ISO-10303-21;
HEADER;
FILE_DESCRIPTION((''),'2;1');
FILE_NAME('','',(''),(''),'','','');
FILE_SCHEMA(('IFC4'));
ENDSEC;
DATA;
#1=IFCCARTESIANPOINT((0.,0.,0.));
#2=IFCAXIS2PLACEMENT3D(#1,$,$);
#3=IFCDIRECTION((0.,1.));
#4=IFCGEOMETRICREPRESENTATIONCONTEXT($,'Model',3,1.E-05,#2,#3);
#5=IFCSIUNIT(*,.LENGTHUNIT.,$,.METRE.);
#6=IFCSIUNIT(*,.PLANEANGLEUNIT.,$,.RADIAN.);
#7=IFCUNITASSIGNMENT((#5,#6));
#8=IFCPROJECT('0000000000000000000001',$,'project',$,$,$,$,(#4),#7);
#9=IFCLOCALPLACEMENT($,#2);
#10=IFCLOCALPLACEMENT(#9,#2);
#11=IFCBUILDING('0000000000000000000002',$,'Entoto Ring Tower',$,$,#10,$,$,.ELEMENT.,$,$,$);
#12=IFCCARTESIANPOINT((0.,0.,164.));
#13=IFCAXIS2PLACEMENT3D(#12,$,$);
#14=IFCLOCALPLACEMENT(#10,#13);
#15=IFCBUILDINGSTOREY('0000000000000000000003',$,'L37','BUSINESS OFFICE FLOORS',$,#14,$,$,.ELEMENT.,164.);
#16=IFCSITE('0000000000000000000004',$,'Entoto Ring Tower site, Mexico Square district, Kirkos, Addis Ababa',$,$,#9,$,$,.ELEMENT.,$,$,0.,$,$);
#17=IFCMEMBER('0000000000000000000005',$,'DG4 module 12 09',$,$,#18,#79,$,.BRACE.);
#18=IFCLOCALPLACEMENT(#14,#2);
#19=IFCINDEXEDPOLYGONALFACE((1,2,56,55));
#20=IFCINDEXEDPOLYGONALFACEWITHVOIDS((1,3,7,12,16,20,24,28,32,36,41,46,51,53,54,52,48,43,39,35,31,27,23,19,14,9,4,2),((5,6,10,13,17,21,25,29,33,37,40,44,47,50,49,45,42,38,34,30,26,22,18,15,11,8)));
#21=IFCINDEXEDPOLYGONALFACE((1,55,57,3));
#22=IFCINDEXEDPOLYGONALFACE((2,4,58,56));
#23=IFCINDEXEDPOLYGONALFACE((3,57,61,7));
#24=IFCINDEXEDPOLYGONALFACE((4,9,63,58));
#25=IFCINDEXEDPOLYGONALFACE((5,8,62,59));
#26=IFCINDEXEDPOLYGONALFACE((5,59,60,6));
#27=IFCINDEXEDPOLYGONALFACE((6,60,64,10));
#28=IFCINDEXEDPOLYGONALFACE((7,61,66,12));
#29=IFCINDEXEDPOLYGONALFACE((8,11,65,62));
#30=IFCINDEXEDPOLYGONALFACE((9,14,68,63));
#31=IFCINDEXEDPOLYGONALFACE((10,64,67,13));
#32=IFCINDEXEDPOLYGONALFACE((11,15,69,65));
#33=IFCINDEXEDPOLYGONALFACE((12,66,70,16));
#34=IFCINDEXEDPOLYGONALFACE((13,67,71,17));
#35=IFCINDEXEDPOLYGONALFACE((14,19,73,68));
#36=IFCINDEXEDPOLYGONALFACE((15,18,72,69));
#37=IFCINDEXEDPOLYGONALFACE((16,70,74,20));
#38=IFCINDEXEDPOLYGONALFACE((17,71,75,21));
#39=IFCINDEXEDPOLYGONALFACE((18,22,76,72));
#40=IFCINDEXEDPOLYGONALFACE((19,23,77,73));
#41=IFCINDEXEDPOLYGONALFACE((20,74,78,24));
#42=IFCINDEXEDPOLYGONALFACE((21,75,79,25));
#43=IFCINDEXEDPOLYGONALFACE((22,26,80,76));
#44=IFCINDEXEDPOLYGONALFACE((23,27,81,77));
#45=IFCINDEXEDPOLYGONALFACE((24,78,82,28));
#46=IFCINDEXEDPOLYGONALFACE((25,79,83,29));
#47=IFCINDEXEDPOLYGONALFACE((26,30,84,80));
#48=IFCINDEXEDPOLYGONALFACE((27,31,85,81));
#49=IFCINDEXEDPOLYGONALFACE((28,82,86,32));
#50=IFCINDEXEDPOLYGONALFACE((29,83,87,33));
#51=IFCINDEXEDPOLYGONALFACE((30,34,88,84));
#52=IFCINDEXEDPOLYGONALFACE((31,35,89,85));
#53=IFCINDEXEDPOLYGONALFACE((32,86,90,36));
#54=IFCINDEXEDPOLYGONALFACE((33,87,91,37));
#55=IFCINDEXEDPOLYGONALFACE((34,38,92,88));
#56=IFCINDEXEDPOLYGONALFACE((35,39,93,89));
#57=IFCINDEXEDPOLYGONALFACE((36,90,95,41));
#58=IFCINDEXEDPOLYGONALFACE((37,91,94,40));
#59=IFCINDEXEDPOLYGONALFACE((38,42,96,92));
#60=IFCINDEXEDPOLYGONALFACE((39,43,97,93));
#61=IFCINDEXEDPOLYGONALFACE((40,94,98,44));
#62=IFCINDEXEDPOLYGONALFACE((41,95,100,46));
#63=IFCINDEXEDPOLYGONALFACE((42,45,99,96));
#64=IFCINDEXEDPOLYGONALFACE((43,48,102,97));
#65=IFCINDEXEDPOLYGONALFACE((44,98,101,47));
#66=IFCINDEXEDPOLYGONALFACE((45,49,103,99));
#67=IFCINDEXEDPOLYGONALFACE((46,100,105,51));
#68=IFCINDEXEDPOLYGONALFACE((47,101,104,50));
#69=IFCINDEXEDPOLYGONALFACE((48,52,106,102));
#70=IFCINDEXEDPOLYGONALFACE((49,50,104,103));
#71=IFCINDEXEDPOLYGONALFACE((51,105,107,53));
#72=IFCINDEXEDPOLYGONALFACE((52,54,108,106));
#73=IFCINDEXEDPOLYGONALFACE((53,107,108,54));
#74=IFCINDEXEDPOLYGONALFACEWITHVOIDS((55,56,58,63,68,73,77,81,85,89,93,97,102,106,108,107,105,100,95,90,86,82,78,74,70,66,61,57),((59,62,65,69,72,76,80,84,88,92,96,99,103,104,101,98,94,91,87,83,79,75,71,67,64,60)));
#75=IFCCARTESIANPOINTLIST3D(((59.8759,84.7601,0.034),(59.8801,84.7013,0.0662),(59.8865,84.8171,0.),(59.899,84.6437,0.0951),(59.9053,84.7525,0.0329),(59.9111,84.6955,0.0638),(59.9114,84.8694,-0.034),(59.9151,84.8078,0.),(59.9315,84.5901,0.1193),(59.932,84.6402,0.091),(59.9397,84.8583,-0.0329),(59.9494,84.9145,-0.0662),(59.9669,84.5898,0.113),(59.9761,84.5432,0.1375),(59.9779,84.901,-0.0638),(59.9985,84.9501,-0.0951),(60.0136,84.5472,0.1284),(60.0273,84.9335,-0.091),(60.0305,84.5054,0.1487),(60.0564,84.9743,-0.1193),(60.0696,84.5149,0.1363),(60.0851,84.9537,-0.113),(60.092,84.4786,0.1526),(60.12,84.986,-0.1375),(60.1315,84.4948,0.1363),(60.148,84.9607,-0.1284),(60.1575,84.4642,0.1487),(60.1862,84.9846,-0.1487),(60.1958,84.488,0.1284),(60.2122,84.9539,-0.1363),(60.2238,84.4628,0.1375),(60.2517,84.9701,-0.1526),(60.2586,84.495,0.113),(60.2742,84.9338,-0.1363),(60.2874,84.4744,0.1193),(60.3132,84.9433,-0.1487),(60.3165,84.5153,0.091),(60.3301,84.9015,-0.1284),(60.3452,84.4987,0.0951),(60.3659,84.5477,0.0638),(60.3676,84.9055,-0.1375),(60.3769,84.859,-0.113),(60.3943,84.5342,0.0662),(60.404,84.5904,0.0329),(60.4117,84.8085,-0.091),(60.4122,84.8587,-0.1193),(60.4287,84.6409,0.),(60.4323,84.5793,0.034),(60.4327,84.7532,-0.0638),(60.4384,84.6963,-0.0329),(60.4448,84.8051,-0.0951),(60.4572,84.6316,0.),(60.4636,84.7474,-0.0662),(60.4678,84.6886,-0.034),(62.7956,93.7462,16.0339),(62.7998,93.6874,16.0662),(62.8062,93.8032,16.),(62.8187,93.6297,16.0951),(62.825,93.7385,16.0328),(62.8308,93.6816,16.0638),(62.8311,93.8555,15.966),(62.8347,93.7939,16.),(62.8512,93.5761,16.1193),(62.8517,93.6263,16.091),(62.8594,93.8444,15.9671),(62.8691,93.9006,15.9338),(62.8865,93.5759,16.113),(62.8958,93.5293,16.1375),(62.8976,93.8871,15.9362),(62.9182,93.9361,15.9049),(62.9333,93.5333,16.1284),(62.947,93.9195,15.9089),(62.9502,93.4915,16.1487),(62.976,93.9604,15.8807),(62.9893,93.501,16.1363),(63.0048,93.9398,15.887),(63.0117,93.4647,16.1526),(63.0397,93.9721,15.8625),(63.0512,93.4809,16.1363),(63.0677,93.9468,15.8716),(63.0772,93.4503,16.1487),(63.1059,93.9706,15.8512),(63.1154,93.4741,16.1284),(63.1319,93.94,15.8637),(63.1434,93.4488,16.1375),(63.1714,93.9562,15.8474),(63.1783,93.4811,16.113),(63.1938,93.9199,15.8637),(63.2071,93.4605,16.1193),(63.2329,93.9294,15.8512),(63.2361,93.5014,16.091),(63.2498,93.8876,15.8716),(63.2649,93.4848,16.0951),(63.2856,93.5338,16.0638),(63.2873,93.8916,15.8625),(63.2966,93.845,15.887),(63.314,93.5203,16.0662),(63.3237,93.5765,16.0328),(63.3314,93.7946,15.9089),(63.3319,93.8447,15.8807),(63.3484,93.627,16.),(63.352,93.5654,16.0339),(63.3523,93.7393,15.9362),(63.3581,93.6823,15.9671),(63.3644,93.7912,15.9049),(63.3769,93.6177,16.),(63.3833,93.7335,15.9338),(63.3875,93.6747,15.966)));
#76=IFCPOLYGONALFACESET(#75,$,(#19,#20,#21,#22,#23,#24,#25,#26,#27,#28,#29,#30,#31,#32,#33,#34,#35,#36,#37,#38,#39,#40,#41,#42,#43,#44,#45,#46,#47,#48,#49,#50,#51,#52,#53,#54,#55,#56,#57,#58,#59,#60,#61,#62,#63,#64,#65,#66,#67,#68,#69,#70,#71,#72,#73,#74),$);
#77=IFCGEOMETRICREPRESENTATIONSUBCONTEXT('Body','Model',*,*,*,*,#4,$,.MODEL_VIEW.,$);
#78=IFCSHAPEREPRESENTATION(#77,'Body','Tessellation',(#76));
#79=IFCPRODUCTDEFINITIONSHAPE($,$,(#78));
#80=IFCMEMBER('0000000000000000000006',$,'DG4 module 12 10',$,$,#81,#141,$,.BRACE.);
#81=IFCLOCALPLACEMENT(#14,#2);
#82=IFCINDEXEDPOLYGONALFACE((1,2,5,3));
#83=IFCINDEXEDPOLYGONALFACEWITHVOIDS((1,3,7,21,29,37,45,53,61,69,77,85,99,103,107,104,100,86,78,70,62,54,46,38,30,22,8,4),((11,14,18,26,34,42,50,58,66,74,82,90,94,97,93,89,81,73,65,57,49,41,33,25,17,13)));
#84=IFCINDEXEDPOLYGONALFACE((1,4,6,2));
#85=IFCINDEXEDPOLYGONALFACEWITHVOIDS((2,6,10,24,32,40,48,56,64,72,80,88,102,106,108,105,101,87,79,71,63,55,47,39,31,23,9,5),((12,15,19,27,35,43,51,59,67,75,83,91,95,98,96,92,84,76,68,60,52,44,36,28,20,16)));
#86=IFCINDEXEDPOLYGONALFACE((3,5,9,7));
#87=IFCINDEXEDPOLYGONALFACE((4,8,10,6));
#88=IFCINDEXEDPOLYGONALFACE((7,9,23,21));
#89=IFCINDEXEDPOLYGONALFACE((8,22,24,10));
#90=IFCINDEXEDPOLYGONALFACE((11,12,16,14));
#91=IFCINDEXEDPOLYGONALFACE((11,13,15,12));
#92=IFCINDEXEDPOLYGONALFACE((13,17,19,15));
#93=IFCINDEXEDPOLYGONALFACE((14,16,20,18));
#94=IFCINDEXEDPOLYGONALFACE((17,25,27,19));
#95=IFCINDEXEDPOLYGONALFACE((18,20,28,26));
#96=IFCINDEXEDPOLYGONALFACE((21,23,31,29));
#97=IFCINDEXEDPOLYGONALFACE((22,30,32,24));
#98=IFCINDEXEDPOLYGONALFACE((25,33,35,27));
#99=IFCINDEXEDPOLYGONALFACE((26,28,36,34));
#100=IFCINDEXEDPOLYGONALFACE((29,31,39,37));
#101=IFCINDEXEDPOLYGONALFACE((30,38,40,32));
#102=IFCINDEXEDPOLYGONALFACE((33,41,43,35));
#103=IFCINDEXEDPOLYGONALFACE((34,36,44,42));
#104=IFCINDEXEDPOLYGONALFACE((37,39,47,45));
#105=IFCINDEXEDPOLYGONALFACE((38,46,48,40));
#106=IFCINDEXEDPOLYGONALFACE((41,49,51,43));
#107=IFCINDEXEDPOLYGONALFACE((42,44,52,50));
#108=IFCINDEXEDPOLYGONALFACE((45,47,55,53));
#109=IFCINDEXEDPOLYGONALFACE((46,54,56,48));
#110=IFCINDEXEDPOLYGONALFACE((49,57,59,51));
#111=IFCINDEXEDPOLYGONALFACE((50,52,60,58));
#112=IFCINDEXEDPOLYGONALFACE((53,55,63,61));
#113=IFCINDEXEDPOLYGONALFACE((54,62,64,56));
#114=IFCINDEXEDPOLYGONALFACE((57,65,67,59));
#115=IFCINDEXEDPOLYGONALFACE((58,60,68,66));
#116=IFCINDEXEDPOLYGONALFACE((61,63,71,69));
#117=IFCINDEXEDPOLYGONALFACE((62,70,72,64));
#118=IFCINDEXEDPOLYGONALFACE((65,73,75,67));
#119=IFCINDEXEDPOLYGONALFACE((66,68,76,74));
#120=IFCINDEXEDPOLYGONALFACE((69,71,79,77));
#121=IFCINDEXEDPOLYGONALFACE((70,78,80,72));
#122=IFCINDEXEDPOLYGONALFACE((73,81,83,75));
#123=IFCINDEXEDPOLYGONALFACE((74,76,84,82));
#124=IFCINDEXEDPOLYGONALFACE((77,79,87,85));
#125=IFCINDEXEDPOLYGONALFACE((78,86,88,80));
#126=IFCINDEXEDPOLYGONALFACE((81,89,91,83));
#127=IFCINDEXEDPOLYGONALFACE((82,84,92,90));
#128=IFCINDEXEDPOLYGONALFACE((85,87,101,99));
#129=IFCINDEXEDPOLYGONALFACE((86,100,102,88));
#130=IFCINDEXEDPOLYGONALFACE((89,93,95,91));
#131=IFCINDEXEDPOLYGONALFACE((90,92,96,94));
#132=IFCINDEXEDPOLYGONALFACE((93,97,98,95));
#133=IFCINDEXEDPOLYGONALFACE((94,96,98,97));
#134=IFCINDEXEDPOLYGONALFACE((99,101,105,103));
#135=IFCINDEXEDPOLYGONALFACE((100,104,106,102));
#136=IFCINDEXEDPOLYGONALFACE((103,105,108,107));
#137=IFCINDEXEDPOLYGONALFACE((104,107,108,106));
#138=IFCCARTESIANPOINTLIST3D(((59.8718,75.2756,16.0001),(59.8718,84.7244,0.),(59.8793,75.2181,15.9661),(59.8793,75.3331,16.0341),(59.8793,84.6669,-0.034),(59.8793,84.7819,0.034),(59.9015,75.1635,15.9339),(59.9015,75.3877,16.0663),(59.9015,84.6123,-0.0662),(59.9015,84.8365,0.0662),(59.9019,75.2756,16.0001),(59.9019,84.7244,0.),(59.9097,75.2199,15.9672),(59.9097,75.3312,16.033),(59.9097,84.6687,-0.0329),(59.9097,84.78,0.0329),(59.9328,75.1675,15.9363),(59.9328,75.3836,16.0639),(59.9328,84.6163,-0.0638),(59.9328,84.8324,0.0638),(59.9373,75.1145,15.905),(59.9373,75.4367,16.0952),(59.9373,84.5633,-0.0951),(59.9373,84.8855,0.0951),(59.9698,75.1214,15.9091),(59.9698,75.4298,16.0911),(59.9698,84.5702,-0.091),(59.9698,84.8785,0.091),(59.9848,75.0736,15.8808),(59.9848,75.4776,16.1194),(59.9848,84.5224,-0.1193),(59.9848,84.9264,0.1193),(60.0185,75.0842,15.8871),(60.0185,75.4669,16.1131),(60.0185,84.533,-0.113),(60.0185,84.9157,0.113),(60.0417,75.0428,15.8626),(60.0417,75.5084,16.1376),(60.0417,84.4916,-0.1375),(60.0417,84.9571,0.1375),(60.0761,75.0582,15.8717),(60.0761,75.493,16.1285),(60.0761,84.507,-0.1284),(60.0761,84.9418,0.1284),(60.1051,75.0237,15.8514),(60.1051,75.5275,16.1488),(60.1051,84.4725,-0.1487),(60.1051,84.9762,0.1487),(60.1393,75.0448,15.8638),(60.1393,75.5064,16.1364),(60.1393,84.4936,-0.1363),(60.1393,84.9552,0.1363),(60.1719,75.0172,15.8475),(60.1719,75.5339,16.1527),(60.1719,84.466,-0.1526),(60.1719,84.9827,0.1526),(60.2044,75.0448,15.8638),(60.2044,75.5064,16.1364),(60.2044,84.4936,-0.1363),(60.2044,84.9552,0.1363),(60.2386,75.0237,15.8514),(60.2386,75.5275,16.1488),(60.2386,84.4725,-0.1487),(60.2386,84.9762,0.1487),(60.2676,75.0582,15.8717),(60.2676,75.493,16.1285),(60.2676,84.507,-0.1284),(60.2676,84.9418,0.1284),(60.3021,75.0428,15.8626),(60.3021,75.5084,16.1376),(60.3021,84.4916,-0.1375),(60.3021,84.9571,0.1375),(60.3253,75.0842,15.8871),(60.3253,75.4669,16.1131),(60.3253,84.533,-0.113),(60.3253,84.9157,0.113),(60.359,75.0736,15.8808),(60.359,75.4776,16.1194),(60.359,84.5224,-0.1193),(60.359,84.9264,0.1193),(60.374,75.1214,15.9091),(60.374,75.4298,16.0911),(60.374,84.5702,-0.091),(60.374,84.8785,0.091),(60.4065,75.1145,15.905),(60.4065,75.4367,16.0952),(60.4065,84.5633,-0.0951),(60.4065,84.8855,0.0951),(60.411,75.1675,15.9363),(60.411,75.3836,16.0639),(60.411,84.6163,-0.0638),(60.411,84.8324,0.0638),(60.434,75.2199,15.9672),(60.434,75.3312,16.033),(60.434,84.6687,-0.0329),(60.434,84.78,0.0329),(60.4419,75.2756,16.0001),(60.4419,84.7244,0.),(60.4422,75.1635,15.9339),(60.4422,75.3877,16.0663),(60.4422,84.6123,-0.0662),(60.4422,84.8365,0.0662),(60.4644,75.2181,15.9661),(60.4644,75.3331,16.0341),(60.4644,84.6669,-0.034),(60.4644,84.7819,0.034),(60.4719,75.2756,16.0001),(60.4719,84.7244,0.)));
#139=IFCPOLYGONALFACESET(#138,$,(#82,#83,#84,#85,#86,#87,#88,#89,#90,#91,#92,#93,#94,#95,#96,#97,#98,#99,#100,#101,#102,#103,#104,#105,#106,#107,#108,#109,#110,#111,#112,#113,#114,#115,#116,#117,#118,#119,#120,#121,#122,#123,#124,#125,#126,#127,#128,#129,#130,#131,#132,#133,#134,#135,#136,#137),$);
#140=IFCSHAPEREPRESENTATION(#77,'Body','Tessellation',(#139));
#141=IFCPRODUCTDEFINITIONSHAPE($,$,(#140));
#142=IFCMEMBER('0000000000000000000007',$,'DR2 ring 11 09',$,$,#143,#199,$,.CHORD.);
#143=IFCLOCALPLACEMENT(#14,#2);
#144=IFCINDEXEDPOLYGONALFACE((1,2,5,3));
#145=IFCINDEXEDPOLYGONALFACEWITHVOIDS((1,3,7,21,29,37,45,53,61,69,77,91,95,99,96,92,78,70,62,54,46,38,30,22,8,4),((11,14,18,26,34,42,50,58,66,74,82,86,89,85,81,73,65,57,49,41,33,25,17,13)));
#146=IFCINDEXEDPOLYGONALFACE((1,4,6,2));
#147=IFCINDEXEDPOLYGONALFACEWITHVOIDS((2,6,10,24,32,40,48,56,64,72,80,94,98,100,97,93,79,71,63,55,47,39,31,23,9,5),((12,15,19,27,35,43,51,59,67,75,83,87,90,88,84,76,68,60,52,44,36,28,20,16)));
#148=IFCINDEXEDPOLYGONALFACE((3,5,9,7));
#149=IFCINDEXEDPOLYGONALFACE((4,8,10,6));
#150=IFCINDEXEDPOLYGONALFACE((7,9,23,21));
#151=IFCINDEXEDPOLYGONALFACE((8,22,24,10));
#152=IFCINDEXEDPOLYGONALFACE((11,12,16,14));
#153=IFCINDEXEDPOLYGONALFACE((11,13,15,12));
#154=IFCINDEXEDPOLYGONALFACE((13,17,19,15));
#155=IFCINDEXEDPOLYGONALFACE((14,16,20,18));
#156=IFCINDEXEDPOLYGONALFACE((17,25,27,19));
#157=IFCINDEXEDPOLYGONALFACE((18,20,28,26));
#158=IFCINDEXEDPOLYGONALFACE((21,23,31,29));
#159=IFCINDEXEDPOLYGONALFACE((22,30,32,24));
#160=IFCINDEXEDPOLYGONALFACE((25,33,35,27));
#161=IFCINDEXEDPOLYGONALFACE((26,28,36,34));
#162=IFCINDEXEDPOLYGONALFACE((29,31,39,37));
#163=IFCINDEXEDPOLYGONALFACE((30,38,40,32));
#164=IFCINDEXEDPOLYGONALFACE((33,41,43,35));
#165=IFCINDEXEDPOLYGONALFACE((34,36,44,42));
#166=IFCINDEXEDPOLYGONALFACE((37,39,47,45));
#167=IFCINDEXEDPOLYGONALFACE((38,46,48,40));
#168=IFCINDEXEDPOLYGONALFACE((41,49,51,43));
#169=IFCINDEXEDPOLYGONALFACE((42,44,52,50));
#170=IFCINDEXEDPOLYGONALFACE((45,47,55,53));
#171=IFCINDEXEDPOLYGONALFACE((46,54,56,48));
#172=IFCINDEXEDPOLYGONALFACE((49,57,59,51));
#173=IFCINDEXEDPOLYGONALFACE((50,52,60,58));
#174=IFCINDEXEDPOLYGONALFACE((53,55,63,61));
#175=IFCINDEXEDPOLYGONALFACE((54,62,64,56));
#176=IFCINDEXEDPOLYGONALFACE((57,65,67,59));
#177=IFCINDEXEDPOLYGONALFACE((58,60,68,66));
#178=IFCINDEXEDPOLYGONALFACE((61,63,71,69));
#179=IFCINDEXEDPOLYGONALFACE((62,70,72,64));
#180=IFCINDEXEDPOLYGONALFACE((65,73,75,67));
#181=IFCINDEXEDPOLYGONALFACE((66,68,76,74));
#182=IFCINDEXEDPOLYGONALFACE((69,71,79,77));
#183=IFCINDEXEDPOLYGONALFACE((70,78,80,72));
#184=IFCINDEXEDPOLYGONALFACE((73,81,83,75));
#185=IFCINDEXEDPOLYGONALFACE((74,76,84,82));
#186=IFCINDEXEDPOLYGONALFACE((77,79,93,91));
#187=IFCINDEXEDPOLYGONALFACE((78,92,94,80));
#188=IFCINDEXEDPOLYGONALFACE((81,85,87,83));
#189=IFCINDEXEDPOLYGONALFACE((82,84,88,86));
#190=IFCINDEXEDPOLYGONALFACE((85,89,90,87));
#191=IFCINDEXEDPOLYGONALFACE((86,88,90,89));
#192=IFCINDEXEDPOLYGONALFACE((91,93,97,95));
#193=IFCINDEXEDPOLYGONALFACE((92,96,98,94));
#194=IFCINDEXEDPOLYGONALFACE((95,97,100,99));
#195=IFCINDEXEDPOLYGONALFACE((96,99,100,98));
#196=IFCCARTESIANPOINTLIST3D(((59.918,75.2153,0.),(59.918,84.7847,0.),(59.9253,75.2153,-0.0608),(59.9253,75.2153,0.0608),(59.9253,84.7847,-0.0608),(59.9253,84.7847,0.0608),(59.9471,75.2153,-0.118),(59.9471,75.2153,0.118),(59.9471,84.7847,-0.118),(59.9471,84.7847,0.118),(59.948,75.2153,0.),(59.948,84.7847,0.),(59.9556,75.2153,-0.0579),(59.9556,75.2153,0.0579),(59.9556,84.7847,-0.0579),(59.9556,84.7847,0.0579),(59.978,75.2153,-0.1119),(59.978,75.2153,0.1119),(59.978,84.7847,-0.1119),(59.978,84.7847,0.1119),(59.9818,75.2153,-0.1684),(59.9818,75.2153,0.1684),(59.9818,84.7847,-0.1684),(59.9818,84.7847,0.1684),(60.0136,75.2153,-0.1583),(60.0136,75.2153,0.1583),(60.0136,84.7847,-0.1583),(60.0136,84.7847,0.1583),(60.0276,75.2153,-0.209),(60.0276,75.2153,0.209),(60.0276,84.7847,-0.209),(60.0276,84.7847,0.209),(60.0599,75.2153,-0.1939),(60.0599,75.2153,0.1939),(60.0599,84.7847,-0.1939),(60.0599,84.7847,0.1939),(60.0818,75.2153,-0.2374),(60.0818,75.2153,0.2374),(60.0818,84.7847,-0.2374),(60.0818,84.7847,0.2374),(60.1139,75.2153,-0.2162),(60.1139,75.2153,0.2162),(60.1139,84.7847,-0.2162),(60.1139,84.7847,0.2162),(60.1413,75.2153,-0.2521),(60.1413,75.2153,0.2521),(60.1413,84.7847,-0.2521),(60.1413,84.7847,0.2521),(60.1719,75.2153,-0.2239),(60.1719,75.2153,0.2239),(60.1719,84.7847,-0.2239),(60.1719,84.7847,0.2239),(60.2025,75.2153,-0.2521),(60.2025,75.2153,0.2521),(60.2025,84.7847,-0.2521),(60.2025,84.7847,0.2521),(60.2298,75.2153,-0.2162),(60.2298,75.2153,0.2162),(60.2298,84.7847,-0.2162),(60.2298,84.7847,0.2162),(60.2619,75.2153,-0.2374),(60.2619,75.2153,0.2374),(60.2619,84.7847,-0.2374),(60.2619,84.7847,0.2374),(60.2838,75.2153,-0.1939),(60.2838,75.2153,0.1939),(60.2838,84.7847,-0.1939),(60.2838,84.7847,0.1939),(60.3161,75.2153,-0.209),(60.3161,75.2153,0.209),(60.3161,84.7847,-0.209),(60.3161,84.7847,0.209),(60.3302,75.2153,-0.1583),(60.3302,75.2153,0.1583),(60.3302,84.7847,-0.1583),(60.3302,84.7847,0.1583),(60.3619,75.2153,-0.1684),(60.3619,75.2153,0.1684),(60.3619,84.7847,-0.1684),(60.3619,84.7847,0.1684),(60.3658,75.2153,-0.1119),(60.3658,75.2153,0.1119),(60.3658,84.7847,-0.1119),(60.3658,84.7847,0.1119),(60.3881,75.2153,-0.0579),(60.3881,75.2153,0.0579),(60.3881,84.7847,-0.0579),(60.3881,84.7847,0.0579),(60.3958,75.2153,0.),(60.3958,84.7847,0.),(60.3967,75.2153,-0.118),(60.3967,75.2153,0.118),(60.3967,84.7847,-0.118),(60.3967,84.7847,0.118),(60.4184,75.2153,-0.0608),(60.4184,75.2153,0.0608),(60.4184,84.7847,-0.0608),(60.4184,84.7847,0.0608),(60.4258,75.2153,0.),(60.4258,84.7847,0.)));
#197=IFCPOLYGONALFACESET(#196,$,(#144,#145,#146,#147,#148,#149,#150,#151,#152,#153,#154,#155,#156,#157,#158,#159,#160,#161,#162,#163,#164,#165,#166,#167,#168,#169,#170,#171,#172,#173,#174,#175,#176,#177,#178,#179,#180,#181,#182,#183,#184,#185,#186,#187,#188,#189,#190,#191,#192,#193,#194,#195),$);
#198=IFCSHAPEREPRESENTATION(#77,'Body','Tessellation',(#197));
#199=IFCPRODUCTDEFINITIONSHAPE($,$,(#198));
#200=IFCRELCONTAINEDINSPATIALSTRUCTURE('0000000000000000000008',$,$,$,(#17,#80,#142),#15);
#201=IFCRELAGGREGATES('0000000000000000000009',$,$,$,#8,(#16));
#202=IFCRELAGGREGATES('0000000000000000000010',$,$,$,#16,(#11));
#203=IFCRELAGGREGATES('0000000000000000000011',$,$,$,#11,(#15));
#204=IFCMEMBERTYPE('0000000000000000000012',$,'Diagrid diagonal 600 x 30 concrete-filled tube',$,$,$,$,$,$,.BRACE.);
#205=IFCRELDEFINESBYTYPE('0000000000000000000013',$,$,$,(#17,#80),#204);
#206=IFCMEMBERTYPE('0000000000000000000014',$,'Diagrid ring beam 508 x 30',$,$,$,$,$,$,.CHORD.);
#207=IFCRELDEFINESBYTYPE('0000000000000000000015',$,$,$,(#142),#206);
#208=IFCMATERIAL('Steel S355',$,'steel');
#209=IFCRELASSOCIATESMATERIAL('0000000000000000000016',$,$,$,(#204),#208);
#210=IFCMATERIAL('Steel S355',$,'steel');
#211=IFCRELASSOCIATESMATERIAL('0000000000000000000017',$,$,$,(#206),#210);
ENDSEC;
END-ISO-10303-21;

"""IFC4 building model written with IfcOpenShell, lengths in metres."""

from ifc_helpers import new_model, si_unit, direction, frame, origin, origin_2d, place, context, subcontext, project, spatial, circle, hollow_circle, extrude, material, material_profile, profile_set, type_object, element, save


model = new_model("IFC4")

# Units and contexts
model_context = context("Model", 3, precision=1e-05, world=origin(), true_north=direction((0.0, 1.0)))
body_context = subcontext(model_context, "Body", "Model", "MODEL_VIEW")
ifc_project = project(units=[si_unit("LENGTHUNIT", "METRE"), si_unit("PLANEANGLEUNIT", "RADIAN")], contexts=[model_context])

# Site, building, storey
site_placement = place(None, origin())
site = spatial("IfcSite", under=ifc_project, at=site_placement, Name="Entoto Ring Tower site, Mexico Square district, Kirkos, Addis Ababa", CompositionType="ELEMENT", RefElevation=0.0)
building_placement = place(site_placement, origin())
building = spatial("IfcBuilding", under=site, at=building_placement, Name="Entoto Ring Tower", CompositionType="ELEMENT")
storey_placement = place(building_placement, frame((0.0, 0.0, 164.0)))
storey = spatial("IfcBuildingStorey", under=building, at=storey_placement, Name="L37", Description="BUSINESS OFFICE FLOORS", CompositionType="ELEMENT", Elevation=164.0)

# Members
ifc_material_1 = material(Name="Steel S355", Category="steel")
ifc_material_profile_1 = material_profile(ifc_material_1, hollow_circle(Radius=0.3, WallThickness=0.03, at=origin_2d()), Name="CHS 600 x 30")
ifc_material_2 = material(Name="Concrete C60/75", Category="concrete")
ifc_material_profile_2 = material_profile(ifc_material_2, circle(Radius=0.27, at=origin_2d()), Name="Concrete C60/75 infill")
ifc_profile_set_1 = profile_set([ifc_material_profile_1, ifc_material_profile_2], Name="Steel S355")
member_type_1 = type_object("IfcMemberType", Name="Diagrid diagonal 600 x 30 concrete-filled tube", PredefinedType="BRACE", material=ifc_profile_set_1)
member_1_placement = place(storey_placement, frame((60.1719, 84.7244, 0.0), z_axis=(0.157128, 0.483602, 0.861069), x_axis=(-0.951059, 0.30901, 0.0)))
element("IfcMember", 1, at=member_1_placement, inside=storey, type_object=member_type_1, Name="DG4 module 12 09", PredefinedType="BRACE", context=body_context, shape_type="SweptSolid", body=[
    extrude(hollow_circle(Radius=0.3, WallThickness=0.03, at=origin_2d()), origin(), (0.0, 0.0, 1.0), 18.5815),
])
member_2_placement = place(storey_placement, frame((60.1719, 84.7244, 0.0), z_axis=(0.0, -0.508497, 0.861064), x_axis=(1.0, 0.0, 0.0)))
element("IfcMember", 2, at=member_2_placement, inside=storey, type_object=member_type_1, Name="DG4 module 12 10", PredefinedType="BRACE", context=body_context, shape_type="SweptSolid", body=[
    extrude(hollow_circle(Radius=0.3, WallThickness=0.03, at=origin_2d()), origin(), (0.0, 0.0, 1.0), 18.5818),
])
ifc_material_3 = material(Name="Steel S355", Category="steel")
ifc_material_profile_3 = material_profile(ifc_material_3, hollow_circle(Radius=0.2539, WallThickness=0.03, at=origin_2d()), Name="CHS 508 x 30")
ifc_material_4 = material(Name="Concrete C60/75", Category="concrete")
ifc_material_profile_4 = material_profile(ifc_material_4, circle(Radius=0.2241, at=origin_2d()), Name="Concrete C60/75 infill")
ifc_profile_set_2 = profile_set([ifc_material_profile_3, ifc_material_profile_4], Name="Steel S355")
member_type_2 = type_object("IfcMemberType", Name="Diagrid ring beam 508 x 30", PredefinedType="CHORD", material=ifc_profile_set_2)
member_3_placement = place(storey_placement, frame((60.1719, 84.7847, 0.0), z_axis=(0.0, -1.0, 0.0), x_axis=(1.0, 0.0, 0.0)))
element("IfcMember", 3, at=member_3_placement, inside=storey, type_object=member_type_2, Name="DR2 ring 11 09", PredefinedType="CHORD", context=body_context, shape_type="SweptSolid", body=[
    extrude(hollow_circle(Radius=0.2539, WallThickness=0.03, at=origin_2d()), origin(), (0.0, 0.0, 1.0), 9.5693),
])

save(model, "model.ifc")
